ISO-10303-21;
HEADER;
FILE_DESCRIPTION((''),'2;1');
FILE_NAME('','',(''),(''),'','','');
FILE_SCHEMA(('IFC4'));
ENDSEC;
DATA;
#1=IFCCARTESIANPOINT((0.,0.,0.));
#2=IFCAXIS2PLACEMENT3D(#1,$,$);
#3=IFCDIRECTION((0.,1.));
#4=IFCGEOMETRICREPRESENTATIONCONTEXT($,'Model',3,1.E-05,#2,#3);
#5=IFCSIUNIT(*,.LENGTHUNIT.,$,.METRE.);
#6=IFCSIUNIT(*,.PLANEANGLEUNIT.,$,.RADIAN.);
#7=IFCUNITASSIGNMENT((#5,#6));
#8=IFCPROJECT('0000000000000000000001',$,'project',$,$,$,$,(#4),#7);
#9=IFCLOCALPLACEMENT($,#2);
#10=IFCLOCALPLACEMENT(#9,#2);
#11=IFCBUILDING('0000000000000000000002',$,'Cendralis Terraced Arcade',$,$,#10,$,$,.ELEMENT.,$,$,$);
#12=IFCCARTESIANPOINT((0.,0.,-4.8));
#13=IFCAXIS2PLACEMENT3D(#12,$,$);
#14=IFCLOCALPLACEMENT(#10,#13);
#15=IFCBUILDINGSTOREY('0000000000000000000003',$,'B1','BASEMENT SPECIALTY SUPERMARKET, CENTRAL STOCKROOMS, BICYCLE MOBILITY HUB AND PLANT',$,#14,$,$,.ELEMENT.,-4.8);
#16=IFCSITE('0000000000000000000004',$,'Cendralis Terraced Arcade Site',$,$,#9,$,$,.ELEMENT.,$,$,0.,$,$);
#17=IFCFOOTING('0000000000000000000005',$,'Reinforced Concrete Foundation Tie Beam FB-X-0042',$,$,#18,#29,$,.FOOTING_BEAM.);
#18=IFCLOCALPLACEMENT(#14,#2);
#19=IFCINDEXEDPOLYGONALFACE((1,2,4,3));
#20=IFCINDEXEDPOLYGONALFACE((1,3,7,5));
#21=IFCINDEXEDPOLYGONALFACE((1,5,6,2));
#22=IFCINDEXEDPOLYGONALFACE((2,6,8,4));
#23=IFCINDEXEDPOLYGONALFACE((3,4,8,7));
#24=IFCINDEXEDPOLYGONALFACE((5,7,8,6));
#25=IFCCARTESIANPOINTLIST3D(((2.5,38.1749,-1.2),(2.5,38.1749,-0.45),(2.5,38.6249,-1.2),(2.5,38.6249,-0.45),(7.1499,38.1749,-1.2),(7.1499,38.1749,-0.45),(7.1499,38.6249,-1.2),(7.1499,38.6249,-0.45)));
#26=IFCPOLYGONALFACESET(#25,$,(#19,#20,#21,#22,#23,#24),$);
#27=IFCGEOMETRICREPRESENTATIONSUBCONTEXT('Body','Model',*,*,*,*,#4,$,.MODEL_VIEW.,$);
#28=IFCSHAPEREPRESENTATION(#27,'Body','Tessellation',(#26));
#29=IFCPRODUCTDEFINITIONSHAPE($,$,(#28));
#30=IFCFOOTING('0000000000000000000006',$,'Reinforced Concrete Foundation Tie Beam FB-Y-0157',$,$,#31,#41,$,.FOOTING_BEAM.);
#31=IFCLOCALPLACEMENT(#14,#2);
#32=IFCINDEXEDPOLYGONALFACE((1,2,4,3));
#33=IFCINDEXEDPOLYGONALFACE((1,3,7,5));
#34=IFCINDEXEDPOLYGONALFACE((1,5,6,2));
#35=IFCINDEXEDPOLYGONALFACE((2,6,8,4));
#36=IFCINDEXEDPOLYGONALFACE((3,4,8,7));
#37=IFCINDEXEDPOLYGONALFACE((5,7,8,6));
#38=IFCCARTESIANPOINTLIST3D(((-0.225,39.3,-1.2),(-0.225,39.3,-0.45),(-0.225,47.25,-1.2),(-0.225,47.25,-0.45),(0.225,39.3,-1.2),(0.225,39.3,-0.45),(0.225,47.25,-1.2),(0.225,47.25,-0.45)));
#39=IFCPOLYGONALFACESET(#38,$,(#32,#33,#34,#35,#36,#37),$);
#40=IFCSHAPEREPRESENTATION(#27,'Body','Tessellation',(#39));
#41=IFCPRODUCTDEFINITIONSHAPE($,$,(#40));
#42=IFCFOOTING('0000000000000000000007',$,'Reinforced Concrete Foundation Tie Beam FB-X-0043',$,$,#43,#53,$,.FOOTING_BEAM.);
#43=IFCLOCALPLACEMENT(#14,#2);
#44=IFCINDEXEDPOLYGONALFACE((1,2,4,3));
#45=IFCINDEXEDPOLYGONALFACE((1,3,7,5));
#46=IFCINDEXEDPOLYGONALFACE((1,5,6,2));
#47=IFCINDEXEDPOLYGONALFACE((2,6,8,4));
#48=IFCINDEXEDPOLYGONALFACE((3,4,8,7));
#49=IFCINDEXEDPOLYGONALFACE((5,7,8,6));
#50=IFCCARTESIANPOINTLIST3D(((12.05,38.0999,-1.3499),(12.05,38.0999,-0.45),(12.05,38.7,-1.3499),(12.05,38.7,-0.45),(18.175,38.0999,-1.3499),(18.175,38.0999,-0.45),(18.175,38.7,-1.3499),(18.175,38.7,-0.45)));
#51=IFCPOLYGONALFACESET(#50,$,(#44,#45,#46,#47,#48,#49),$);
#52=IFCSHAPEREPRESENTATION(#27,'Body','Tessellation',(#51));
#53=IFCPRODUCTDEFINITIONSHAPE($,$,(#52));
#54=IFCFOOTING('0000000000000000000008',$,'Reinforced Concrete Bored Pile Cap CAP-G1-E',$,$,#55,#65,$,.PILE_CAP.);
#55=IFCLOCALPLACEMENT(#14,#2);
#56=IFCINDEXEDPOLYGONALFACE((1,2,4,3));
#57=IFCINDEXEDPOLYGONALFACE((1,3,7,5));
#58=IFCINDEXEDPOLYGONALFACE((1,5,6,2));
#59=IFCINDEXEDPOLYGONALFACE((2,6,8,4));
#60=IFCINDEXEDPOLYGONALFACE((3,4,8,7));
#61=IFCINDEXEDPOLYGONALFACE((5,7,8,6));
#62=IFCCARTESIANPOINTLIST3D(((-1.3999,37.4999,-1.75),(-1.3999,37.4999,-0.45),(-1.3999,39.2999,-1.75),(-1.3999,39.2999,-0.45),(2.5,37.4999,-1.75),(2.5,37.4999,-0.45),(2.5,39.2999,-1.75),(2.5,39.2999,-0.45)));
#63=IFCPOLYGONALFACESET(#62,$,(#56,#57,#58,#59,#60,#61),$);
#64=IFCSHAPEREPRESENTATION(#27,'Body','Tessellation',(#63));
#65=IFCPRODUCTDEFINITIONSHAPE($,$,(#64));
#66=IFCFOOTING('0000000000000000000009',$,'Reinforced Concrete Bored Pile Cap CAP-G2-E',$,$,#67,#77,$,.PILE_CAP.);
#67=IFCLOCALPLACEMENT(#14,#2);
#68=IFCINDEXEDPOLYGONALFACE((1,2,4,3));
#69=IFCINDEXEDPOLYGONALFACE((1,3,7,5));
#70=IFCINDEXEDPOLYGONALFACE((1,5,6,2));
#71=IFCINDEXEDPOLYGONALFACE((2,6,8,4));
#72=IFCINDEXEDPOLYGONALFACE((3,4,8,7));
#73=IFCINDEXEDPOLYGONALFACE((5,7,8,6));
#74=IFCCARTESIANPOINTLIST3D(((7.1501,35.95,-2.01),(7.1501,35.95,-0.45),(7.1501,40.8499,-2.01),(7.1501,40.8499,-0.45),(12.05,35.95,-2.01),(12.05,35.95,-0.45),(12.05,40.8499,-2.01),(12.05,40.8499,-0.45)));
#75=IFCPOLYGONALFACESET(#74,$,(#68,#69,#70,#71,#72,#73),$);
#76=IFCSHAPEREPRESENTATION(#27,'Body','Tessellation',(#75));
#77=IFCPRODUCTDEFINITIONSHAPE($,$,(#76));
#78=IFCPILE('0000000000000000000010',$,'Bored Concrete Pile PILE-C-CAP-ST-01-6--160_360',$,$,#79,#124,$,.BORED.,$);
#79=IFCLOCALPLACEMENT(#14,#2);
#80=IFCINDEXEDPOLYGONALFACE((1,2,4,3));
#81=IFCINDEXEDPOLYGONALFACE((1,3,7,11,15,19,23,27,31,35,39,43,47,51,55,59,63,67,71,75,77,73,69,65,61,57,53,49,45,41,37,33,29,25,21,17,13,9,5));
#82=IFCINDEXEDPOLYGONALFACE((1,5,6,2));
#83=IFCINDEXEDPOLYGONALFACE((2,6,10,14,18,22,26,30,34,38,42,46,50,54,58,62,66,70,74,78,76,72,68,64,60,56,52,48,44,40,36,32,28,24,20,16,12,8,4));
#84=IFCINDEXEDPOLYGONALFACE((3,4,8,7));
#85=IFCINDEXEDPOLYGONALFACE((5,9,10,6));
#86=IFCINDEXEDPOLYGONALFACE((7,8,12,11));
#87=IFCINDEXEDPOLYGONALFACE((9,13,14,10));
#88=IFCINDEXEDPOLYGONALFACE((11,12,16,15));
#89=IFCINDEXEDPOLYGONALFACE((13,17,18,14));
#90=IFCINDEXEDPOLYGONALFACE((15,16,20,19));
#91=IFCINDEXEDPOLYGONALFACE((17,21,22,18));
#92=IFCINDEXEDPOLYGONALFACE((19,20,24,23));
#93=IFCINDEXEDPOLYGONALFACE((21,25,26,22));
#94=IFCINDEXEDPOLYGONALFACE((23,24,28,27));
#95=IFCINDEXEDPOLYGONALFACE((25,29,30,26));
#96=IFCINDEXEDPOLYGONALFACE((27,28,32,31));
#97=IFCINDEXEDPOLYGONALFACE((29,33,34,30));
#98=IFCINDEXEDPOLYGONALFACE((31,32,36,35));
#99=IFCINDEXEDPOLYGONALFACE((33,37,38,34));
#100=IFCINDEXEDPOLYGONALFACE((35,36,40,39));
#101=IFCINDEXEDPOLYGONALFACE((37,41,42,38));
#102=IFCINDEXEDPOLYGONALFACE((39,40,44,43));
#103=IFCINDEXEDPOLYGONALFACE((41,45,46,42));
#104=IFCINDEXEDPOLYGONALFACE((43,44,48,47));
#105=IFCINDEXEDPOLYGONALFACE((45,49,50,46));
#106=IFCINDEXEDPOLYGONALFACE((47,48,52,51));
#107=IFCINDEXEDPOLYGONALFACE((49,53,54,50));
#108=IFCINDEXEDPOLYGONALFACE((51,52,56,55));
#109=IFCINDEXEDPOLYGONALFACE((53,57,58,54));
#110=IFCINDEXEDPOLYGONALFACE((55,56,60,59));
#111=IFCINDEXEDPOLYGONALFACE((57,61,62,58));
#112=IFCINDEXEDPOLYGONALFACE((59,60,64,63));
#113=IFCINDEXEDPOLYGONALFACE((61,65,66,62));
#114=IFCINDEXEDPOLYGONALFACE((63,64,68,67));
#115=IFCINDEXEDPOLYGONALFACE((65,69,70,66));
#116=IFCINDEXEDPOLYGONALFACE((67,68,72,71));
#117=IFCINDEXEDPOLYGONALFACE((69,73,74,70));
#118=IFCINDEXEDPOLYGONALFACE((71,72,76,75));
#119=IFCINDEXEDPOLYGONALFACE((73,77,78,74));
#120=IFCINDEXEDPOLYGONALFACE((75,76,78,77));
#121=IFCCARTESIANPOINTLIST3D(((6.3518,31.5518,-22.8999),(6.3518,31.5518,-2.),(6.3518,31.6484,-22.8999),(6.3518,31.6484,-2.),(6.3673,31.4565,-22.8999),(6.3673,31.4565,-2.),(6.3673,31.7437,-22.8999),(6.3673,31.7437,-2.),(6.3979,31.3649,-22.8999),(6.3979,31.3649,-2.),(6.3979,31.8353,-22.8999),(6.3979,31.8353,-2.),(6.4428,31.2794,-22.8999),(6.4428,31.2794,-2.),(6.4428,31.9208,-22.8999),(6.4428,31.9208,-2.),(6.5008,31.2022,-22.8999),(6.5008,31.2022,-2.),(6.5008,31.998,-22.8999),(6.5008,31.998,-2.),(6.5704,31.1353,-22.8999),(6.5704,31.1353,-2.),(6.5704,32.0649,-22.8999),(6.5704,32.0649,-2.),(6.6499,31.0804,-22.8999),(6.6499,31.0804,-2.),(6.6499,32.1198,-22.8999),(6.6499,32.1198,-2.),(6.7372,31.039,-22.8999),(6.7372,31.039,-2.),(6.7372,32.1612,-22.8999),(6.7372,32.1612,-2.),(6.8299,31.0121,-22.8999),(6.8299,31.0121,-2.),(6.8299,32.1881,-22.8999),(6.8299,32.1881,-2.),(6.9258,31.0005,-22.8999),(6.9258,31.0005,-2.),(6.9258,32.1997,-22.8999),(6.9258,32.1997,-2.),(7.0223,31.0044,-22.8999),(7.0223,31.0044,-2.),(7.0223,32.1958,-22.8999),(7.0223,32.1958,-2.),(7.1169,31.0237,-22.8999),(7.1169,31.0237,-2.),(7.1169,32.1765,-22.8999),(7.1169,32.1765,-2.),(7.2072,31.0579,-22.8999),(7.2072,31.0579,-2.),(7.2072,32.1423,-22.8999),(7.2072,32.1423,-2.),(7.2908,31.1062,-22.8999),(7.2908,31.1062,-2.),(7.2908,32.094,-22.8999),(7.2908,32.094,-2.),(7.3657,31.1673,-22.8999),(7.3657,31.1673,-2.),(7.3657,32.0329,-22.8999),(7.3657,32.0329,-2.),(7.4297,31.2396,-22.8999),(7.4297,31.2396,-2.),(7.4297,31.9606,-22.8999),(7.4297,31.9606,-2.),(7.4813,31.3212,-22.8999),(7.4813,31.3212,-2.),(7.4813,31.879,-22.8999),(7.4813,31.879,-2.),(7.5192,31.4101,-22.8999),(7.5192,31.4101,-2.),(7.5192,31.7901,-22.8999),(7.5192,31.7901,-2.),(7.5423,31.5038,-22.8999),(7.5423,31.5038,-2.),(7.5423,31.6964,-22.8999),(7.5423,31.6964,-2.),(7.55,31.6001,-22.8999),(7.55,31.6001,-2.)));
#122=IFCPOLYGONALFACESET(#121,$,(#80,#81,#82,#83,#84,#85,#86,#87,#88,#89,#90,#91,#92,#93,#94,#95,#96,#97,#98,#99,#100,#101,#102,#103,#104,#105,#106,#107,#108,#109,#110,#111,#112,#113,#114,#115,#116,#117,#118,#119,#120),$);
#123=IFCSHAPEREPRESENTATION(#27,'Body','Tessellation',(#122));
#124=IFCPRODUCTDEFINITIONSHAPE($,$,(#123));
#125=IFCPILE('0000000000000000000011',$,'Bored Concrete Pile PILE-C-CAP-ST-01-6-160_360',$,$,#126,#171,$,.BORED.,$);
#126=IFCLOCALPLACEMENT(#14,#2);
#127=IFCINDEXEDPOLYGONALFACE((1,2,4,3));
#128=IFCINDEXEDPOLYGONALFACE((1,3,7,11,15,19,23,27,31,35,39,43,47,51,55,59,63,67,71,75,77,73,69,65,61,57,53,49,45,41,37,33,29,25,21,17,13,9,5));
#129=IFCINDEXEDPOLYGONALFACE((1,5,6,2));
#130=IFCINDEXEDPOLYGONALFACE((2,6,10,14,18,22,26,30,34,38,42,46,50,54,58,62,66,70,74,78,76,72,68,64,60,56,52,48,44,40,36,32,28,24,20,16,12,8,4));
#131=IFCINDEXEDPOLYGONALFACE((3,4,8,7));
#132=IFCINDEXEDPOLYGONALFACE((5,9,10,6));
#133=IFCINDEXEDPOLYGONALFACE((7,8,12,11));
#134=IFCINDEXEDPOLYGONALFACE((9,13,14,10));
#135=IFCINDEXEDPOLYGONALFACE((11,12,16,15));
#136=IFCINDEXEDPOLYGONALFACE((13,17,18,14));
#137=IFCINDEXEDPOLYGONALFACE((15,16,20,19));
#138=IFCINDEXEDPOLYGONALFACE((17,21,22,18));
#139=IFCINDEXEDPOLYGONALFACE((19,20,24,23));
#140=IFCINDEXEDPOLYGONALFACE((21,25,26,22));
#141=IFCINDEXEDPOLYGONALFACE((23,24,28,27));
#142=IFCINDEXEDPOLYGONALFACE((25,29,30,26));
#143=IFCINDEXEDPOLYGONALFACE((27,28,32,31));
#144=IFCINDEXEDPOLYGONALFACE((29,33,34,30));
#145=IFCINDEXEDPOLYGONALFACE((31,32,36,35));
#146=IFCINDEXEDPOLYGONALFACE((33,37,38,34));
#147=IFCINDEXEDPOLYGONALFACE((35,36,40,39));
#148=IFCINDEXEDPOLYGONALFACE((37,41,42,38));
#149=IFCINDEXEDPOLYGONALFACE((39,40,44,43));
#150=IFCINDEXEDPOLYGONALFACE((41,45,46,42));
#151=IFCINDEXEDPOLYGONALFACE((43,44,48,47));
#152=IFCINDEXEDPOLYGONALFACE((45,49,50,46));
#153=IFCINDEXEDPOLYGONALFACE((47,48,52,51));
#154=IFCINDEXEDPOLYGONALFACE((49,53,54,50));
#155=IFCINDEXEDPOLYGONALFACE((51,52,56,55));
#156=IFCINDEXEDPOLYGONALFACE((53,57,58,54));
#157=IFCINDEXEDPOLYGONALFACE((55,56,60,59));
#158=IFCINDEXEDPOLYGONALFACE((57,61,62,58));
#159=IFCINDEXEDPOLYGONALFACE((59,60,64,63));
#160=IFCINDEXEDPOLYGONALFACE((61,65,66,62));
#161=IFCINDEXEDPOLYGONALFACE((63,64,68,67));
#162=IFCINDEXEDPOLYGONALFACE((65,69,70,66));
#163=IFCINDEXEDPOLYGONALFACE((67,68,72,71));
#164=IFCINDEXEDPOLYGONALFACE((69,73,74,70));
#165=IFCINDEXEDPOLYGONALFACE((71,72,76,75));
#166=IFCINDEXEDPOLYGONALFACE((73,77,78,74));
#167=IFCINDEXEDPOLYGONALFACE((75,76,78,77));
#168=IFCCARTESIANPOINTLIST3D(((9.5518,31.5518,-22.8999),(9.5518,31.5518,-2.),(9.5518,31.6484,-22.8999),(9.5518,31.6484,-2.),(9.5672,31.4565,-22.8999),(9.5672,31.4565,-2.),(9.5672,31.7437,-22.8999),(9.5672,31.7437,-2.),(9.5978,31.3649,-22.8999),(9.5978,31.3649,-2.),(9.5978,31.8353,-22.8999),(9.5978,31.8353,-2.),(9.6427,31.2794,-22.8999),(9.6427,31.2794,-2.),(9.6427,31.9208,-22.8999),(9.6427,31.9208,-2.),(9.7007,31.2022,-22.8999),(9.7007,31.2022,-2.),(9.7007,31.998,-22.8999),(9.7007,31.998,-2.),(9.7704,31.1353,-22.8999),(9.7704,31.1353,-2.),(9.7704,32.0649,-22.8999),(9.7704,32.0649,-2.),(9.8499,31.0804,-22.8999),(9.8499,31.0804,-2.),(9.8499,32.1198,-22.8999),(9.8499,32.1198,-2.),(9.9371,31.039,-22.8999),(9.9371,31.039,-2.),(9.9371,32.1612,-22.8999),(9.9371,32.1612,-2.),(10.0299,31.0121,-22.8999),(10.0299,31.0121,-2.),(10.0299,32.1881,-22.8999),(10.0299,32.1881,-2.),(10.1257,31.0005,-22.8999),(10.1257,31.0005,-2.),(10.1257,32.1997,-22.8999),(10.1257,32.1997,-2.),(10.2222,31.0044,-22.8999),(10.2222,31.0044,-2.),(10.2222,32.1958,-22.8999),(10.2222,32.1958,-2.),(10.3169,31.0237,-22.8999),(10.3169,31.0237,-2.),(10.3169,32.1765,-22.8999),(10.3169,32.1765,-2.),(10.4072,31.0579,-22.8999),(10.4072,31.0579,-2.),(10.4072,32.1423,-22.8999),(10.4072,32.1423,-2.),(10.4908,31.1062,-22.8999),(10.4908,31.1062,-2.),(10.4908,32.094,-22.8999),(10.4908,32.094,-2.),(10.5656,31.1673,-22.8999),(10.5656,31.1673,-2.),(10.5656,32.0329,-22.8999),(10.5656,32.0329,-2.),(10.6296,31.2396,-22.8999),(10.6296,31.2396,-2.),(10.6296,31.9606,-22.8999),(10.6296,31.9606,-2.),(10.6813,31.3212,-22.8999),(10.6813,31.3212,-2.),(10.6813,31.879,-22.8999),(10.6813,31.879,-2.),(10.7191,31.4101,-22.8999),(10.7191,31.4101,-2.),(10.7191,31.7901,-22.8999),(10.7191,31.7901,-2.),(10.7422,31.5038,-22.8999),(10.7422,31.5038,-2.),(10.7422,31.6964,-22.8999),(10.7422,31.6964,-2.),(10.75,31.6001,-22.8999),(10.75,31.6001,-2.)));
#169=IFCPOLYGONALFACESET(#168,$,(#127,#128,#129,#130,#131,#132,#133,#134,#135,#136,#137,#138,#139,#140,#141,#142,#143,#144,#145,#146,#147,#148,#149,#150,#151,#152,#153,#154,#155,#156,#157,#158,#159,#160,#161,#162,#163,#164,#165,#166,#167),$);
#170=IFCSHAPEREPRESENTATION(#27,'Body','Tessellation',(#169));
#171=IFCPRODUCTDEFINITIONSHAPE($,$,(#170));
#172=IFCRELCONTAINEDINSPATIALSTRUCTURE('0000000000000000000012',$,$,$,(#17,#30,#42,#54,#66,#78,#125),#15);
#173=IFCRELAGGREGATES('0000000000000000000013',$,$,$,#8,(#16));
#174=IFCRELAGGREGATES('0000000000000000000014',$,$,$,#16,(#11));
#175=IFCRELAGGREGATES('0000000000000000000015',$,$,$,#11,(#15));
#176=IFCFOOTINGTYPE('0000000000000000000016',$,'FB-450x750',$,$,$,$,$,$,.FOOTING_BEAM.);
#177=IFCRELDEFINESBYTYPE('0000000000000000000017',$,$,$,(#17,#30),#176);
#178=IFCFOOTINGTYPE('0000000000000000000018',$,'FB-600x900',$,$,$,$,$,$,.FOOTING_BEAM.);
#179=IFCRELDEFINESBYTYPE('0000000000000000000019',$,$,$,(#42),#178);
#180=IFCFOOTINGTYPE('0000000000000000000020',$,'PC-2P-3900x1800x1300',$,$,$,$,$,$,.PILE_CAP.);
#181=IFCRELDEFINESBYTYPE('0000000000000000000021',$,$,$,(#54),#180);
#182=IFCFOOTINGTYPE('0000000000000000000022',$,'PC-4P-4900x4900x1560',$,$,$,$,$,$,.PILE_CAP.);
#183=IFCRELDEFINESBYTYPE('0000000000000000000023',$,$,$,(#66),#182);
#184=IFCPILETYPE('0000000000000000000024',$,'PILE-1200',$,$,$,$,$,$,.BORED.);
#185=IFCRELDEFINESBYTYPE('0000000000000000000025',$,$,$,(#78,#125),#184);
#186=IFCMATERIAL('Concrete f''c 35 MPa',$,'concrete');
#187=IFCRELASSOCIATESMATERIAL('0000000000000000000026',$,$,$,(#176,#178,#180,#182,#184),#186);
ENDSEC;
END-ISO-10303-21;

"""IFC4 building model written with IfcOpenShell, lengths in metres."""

from ifc_helpers import new_model, si_unit, direction, frame, origin, origin_2d, place, context, subcontext, project, spatial, rectangle, circle, extrude, material, material_profile, profile_set, type_object, element, save


model = new_model("IFC4")

# Units and contexts
model_context = context("Model", 3, precision=1e-05, world=origin(), true_north=direction((0.0, 1.0)))
body_context = subcontext(model_context, "Body", "Model", "MODEL_VIEW")
ifc_project = project(units=[si_unit("LENGTHUNIT", "METRE"), si_unit("PLANEANGLEUNIT", "RADIAN")], contexts=[model_context])

# Site, building, storey
site_placement = place(None, origin())
site = spatial("IfcSite", under=ifc_project, at=site_placement, Name="Cendralis Terraced Arcade Site", CompositionType="ELEMENT", RefElevation=0.0)
building_placement = place(site_placement, origin())
building = spatial("IfcBuilding", under=site, at=building_placement, Name="Cendralis Terraced Arcade", CompositionType="ELEMENT")
storey_placement = place(building_placement, frame((0.0, 0.0, -4.8)))
storey = spatial("IfcBuildingStorey", under=building, at=storey_placement, Name="B1", Description="BASEMENT SPECIALTY SUPERMARKET, CENTRAL STOCKROOMS, BICYCLE MOBILITY HUB AND PLANT", CompositionType="ELEMENT", Elevation=-4.8)

# Footings
ifc_material_1 = material(Name="Concrete f'c 35 MPa", Category="concrete")
ifc_material_profile_1 = material_profile(ifc_material_1, rectangle(XDim=0.45, YDim=0.75, at=origin_2d()), Name="FB-450x750", Category="LoadBearing")
ifc_profile_set_1 = profile_set([ifc_material_profile_1], Name="Concrete f'c 35 MPa")
footing_type_1 = type_object("IfcFootingType", Name="FB-450x750", PredefinedType="FOOTING_BEAM", material=ifc_profile_set_1)
footing_1_placement = place(storey_placement, frame((2.5, 38.3999, -0.825), z_axis=(1.0, 0.0, 0.0), x_axis=(0.0, 1.0, 0.0)))
element("IfcFooting", 1, at=footing_1_placement, inside=storey, type_object=footing_type_1, Name="Reinforced Concrete Foundation Tie Beam FB-X-0042", PredefinedType="FOOTING_BEAM", context=body_context, shape_type="SweptSolid", body=[
    extrude(rectangle(XDim=0.45, YDim=0.75, at=origin_2d()), origin(), (0.0, 0.0, 1.0), 4.6499),
])
footing_2_placement = place(storey_placement, frame((0.0, 39.3, -0.825), z_axis=(0.0, 1.0, 0.0), x_axis=(-1.0, 0.0, 0.0)))
element("IfcFooting", 2, at=footing_2_placement, inside=storey, type_object=footing_type_1, Name="Reinforced Concrete Foundation Tie Beam FB-Y-0157", PredefinedType="FOOTING_BEAM", context=body_context, shape_type="SweptSolid", body=[
    extrude(rectangle(XDim=0.45, YDim=0.75, at=origin_2d()), origin(), (0.0, 0.0, 1.0), 7.95),
])
ifc_material_profile_2 = material_profile(ifc_material_1, rectangle(XDim=0.6001, YDim=0.8999, at=origin_2d()), Name="FB-600x900", Category="LoadBearing")
ifc_profile_set_2 = profile_set([ifc_material_profile_2], Name="Concrete f'c 35 MPa")
footing_type_2 = type_object("IfcFootingType", Name="FB-600x900", PredefinedType="FOOTING_BEAM", material=ifc_profile_set_2)
footing_3_placement = place(storey_placement, frame((12.05, 38.3999, -0.8999), z_axis=(1.0, 0.0, 0.0), x_axis=(0.0, 1.0, 0.0)))
element("IfcFooting", 3, at=footing_3_placement, inside=storey, type_object=footing_type_2, Name="Reinforced Concrete Foundation Tie Beam FB-X-0043", PredefinedType="FOOTING_BEAM", context=body_context, shape_type="SweptSolid", body=[
    extrude(rectangle(XDim=0.6001, YDim=0.8999, at=origin_2d()), origin(), (0.0, 0.0, 1.0), 6.125),
])
footing_type_3 = type_object("IfcFootingType", Name="PC-2P-3900x1800x1300", PredefinedType="PILE_CAP", material=ifc_material_1)
footing_4_placement = place(storey_placement, frame((0.55, 38.3999, -1.75), z_axis=(0.0, 0.0, 1.0), x_axis=(1.0, 0.0, 0.0)))
element("IfcFooting", 4, at=footing_4_placement, inside=storey, type_object=footing_type_3, Name="Reinforced Concrete Bored Pile Cap CAP-G1-E", PredefinedType="PILE_CAP", context=body_context, shape_type="SweptSolid", body=[
    extrude(rectangle(XDim=3.8999, YDim=1.8, at=origin_2d()), origin(), (0.0, 0.0, 1.0), 1.3),
])
footing_type_4 = type_object("IfcFootingType", Name="PC-4P-4900x4900x1560", PredefinedType="PILE_CAP", material=ifc_material_1)
footing_5_placement = place(storey_placement, frame((9.6001, 38.3999, -2.01), z_axis=(0.0, 0.0, 1.0), x_axis=(1.0, 0.0, 0.0)))
element("IfcFooting", 5, at=footing_5_placement, inside=storey, type_object=footing_type_4, Name="Reinforced Concrete Bored Pile Cap CAP-G2-E", PredefinedType="PILE_CAP", context=body_context, shape_type="SweptSolid", body=[
    extrude(rectangle(XDim=4.8999, YDim=4.8999, at=origin_2d()), origin(), (0.0, 0.0, 1.0), 1.5601),
])

# Piles
ifc_material_profile_3 = material_profile(ifc_material_1, circle(Radius=0.6001, at=origin_2d()), Name="PILE-D1200", Category="LoadBearing")
ifc_profile_set_3 = profile_set([ifc_material_profile_3], Name="Concrete f'c 35 MPa")
pile_type_1 = type_object("IfcPileType", Name="PILE-1200", PredefinedType="BORED", material=ifc_profile_set_3)
for number, where, z_axis, x_axis, name in (
    (6, (6.95, 31.6001, -2.0), (0.0, 0.0, -1.0), (1.0, 0.0, 0.0), "Bored Concrete Pile PILE-C-CAP-ST-01-6--160_360"),
    (7, (10.1499, 31.6001, -2.0), (0.0, 0.0, -1.0), (1.0, 0.0, 0.0), "Bored Concrete Pile PILE-C-CAP-ST-01-6-160_360"),
):
    element("IfcPile", number, at=place(storey_placement, frame(where, z_axis=z_axis, x_axis=x_axis)), inside=storey, type_object=pile_type_1, Name=name, PredefinedType="BORED", context=body_context, shape_type="SweptSolid", body=[
        extrude(circle(Radius=0.6001, at=origin_2d()), origin(), (0.0, 0.0, 1.0), 20.8999),
    ])

save(model, "model.ifc")
